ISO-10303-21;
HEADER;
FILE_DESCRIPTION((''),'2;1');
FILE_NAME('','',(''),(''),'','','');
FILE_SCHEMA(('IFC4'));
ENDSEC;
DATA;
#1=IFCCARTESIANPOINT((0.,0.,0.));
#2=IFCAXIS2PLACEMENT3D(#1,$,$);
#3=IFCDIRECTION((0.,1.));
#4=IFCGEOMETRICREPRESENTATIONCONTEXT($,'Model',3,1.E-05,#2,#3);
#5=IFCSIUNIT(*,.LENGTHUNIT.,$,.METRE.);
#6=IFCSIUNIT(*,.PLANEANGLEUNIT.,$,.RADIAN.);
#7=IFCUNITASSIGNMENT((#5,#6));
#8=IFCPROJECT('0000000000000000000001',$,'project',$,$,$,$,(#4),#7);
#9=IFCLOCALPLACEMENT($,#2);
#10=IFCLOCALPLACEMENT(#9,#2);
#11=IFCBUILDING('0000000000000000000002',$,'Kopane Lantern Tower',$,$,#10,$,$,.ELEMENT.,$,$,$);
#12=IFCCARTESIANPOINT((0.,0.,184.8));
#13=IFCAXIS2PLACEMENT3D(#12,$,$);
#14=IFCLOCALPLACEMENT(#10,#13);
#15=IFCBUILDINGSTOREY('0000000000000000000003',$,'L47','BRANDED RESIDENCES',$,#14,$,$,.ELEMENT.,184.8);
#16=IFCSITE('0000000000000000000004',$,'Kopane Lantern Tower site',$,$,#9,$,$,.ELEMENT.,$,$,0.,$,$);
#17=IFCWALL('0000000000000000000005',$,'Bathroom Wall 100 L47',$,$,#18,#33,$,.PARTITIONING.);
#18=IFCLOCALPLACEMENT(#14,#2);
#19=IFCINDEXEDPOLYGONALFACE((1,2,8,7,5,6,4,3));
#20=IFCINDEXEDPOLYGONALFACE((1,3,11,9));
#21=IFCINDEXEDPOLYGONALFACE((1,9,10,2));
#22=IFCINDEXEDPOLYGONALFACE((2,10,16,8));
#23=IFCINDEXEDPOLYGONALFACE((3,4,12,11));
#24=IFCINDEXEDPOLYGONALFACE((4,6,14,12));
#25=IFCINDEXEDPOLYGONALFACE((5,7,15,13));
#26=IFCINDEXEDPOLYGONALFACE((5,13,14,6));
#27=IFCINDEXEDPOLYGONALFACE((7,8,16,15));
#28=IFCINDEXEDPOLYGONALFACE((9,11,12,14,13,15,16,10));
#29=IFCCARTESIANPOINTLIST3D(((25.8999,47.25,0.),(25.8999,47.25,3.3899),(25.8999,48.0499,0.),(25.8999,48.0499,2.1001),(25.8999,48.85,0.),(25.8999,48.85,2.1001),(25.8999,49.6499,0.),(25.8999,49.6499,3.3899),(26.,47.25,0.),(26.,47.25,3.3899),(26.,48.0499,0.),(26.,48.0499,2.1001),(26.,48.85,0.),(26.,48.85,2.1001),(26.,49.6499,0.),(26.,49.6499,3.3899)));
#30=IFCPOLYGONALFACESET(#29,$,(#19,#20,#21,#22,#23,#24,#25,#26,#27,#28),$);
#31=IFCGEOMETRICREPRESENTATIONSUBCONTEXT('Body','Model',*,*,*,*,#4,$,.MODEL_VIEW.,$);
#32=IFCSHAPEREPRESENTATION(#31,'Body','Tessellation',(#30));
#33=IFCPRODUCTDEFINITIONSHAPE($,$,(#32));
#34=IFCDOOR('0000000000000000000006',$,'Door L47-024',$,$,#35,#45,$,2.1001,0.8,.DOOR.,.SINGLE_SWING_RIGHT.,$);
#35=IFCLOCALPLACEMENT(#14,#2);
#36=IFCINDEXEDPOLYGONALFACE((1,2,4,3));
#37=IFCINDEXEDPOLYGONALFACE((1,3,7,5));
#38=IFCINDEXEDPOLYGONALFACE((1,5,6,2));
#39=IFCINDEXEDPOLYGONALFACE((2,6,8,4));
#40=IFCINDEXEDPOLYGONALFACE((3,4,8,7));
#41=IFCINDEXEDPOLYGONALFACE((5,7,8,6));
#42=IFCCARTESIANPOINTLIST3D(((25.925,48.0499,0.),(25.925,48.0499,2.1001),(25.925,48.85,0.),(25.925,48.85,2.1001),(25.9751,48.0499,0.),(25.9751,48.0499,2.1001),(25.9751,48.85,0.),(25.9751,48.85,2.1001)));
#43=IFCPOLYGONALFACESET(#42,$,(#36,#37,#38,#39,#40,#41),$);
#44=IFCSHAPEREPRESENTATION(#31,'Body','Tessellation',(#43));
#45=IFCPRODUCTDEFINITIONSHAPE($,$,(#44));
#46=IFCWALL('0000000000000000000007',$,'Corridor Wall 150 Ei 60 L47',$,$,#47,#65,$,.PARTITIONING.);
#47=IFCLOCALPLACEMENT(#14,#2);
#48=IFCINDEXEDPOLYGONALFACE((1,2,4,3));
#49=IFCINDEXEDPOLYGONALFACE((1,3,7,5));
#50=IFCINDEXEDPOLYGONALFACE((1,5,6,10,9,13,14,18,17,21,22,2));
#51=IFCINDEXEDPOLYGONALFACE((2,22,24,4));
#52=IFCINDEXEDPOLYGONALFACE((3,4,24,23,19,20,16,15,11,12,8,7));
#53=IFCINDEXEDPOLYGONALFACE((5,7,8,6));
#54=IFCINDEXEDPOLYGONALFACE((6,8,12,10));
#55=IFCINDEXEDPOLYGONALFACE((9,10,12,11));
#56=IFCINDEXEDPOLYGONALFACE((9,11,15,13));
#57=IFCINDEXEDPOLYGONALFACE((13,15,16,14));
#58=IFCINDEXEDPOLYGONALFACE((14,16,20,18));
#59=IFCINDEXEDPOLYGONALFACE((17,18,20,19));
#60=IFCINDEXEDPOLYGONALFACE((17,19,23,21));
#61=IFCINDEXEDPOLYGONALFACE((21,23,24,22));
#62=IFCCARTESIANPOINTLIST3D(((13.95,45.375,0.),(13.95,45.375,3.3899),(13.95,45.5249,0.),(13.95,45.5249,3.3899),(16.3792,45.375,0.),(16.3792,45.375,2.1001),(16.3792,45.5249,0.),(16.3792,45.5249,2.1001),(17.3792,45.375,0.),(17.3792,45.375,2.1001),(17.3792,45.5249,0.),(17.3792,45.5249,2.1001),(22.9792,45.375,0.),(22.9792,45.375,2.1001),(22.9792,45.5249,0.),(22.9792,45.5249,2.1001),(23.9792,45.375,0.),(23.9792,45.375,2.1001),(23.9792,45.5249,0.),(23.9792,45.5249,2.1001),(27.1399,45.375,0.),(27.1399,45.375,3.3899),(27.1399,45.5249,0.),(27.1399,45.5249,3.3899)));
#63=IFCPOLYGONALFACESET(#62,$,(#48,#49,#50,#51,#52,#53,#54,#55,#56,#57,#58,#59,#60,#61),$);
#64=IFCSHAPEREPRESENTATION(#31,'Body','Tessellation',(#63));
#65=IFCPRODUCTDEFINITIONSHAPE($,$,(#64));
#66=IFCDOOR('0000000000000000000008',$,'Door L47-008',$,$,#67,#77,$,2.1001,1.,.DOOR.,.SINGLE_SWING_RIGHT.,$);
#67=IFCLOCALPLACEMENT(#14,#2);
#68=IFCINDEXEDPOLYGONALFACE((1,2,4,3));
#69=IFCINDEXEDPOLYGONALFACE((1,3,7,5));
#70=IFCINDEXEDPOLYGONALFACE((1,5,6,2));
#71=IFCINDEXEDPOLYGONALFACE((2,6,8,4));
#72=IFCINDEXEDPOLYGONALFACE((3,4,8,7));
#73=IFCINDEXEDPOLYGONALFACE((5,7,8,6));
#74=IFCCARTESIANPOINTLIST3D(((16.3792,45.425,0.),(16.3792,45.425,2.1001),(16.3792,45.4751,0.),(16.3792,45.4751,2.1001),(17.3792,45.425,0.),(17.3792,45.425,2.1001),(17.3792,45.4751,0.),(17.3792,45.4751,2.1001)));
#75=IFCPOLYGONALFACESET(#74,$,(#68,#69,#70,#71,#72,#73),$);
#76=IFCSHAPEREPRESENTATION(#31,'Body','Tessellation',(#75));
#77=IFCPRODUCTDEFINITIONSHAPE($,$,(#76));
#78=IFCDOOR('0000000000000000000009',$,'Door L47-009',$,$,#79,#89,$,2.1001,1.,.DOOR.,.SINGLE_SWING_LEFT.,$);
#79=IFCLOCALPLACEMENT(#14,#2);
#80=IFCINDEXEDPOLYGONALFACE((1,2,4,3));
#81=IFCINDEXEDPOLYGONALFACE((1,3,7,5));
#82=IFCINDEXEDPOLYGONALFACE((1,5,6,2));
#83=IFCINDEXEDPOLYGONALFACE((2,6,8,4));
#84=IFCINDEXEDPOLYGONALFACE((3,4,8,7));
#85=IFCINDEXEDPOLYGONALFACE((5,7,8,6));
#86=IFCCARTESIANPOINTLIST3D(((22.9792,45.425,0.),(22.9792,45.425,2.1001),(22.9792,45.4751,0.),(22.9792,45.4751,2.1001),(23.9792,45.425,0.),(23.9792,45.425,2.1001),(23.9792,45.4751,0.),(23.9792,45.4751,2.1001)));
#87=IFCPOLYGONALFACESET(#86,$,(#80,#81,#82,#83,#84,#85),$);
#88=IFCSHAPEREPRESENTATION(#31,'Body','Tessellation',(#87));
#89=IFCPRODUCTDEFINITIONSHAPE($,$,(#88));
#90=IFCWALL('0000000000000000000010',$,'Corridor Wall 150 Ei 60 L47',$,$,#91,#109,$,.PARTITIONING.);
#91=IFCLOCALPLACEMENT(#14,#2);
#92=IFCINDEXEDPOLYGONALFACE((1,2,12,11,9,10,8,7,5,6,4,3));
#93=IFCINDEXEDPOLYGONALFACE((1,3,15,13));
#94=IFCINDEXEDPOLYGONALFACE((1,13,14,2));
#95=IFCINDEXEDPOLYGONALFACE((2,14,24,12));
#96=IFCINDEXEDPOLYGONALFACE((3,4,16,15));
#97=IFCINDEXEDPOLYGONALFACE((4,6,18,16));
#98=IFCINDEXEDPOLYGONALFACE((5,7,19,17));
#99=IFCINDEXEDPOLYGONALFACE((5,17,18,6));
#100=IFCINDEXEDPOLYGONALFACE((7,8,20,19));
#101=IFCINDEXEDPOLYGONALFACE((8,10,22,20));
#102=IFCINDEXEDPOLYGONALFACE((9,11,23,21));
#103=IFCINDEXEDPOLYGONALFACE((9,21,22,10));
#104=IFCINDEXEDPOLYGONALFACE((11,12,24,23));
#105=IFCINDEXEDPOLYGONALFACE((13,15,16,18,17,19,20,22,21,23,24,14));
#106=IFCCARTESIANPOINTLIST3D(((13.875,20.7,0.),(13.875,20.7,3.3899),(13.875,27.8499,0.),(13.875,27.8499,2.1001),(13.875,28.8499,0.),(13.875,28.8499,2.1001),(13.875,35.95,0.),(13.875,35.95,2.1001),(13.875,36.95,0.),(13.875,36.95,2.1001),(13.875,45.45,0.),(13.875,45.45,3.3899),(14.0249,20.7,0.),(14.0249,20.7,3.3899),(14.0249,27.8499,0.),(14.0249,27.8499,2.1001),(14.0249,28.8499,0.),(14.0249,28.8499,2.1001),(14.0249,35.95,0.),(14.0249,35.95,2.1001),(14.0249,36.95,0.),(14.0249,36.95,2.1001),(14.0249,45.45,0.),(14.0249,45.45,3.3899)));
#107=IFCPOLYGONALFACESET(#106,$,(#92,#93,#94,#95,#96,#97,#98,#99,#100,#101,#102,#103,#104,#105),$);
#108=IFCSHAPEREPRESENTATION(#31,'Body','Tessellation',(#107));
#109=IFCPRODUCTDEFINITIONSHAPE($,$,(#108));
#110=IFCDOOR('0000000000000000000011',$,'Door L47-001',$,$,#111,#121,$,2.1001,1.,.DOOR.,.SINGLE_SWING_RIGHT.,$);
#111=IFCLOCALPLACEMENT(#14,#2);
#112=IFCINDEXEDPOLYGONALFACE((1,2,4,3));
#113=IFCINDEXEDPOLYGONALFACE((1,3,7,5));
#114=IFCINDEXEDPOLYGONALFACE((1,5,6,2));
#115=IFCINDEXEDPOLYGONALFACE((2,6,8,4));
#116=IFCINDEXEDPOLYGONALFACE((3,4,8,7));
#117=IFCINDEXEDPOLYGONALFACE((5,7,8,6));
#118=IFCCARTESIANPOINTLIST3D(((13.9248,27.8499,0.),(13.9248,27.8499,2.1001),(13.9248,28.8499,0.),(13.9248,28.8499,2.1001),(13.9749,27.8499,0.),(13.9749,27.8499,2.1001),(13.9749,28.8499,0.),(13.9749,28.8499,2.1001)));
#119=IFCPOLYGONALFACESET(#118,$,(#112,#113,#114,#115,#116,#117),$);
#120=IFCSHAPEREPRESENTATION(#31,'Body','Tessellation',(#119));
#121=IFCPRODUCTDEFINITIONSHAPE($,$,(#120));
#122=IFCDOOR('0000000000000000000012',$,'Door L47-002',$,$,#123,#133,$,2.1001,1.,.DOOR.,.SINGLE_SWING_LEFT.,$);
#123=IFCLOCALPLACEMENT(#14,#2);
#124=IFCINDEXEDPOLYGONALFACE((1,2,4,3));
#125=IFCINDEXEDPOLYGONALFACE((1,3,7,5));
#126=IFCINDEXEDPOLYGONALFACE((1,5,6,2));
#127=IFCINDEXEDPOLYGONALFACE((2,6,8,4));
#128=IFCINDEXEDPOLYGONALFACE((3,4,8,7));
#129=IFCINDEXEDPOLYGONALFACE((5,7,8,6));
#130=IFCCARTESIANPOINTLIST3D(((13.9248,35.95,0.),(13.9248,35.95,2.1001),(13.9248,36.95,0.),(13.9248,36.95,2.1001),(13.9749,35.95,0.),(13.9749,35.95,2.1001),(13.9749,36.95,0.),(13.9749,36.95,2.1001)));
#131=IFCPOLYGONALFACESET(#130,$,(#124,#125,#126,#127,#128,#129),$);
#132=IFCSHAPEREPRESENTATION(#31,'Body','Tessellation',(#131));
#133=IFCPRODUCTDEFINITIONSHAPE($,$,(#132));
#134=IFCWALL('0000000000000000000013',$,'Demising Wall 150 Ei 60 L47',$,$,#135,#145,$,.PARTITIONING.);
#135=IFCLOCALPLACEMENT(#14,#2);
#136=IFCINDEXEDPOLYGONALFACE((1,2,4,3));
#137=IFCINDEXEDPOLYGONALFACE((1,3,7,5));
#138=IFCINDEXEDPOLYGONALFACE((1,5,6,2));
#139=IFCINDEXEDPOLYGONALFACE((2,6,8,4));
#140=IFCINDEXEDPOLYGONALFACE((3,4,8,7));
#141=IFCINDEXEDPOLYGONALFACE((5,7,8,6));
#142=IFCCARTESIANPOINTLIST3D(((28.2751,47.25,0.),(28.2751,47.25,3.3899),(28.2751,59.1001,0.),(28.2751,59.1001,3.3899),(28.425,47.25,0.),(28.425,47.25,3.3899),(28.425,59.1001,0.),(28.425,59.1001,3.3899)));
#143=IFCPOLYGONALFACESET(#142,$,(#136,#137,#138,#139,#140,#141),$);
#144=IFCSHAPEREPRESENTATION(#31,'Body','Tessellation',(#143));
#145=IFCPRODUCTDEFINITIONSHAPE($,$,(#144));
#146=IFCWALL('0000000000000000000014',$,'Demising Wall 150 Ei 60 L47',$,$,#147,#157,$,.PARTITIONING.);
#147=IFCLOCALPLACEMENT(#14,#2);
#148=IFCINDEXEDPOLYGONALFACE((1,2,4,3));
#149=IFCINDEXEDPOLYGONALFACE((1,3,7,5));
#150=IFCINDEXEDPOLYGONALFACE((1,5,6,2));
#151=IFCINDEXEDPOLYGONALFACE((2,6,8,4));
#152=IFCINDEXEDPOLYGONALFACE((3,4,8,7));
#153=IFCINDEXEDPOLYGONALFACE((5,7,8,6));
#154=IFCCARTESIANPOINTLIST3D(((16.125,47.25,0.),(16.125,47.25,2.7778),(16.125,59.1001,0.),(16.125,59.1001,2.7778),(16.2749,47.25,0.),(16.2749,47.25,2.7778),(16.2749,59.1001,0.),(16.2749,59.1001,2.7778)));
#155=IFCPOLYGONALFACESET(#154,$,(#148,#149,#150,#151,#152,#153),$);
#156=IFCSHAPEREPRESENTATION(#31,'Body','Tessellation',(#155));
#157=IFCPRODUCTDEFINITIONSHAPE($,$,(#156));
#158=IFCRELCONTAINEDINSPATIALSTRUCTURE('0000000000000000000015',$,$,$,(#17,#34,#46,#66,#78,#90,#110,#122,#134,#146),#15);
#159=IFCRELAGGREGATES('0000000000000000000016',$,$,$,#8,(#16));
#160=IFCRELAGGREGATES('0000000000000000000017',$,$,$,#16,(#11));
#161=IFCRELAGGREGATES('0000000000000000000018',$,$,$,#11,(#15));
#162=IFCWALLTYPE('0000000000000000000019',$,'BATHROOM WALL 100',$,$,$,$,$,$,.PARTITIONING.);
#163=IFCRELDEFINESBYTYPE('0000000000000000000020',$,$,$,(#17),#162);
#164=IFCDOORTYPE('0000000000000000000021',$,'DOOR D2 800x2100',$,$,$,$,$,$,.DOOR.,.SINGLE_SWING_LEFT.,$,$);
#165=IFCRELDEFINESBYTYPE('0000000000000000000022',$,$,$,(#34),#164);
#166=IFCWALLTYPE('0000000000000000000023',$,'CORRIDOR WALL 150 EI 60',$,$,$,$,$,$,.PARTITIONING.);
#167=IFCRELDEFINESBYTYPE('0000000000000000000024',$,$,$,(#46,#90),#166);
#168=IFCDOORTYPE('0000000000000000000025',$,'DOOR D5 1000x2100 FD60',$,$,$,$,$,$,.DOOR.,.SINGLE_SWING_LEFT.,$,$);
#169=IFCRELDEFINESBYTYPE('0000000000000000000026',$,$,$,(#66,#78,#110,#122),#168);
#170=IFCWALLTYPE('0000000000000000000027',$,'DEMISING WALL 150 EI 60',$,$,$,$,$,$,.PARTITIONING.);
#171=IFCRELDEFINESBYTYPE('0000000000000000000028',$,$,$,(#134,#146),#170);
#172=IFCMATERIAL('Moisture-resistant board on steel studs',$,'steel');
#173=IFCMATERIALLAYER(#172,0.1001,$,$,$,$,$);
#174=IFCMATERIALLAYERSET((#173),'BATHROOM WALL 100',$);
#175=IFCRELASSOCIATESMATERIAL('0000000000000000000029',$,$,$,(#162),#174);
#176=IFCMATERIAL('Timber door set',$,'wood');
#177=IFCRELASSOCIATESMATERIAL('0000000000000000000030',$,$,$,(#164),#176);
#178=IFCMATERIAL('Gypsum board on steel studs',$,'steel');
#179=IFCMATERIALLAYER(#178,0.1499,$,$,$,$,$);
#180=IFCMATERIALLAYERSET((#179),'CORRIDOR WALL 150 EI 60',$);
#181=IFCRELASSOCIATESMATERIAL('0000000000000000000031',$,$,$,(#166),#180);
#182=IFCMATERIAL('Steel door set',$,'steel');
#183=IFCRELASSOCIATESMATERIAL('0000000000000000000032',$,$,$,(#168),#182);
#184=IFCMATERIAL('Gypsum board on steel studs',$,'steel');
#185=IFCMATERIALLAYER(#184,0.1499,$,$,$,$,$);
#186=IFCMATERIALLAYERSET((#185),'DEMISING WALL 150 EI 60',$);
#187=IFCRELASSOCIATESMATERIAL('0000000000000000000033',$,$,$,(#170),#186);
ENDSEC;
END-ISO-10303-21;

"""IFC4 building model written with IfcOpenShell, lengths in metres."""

from ifc_helpers import new_model, si_unit, direction, frame, frame_2d, origin, place, context, subcontext, project, spatial, rectangle, extrude, material, layer, layer_set, type_object, element, fill, save


model = new_model("IFC4")

# Units and contexts
model_context = context("Model", 3, precision=1e-05, world=origin(), true_north=direction((0.0, 1.0)))
body_context = subcontext(model_context, "Body", "Model", "MODEL_VIEW")
ifc_project = project(units=[si_unit("LENGTHUNIT", "METRE"), si_unit("PLANEANGLEUNIT", "RADIAN")], contexts=[model_context])

# Site, building, storey
site_placement = place(None, origin())
site = spatial("IfcSite", under=ifc_project, at=site_placement, Name="Kopane Lantern Tower site", CompositionType="ELEMENT", RefElevation=0.0)
building_placement = place(site_placement, origin())
building = spatial("IfcBuilding", under=site, at=building_placement, Name="Kopane Lantern Tower", CompositionType="ELEMENT")
storey_placement = place(building_placement, frame((0.0, 0.0, 184.8)))
storey = spatial("IfcBuildingStorey", under=building, at=storey_placement, Name="L47", Description="BRANDED RESIDENCES", CompositionType="ELEMENT", Elevation=184.8)

# Wall, opening, door
ifc_material_1 = material(Name="Moisture-resistant board on steel studs", Category="steel")
ifc_layer_1 = layer(ifc_material_1, 0.1001)
ifc_layer_set_1 = layer_set([ifc_layer_1], Name="BATHROOM WALL 100")
wall_type_1 = type_object("IfcWallType", Name="BATHROOM WALL 100", PredefinedType="PARTITIONING", material=ifc_layer_set_1)
wall_1_placement = place(storey_placement, frame((25.95, 47.25, 0.0), z_axis=(0.0, 0.0, 1.0), x_axis=(0.0, 1.0, 0.0)))
wall_1 = element("IfcWall", 1, at=wall_1_placement, inside=storey, type_object=wall_type_1, Name="Bathroom Wall 100 L47", PredefinedType="PARTITIONING", context=body_context, shape_type="SweptSolid", body=[
    extrude(rectangle(XDim=2.3999, YDim=0.1001, at=frame_2d((1.2, 0.0))), origin(), (0.0, 0.0, 1.0), 3.3899),
])
opening_1_placement = place(wall_1_placement, frame((0.8, 0.0, 0.0)))
opening_1 = element("IfcOpeningElement", 2, at=opening_1_placement, cuts=wall_1, PredefinedType="OPENING", context=body_context, shape_type="SweptSolid", body=[
    extrude(rectangle(XDim=0.8, YDim=2.1001, at=frame_2d((0.3999, 1.05))), frame((0.0, 0.0601, 0.0), z_axis=(0.0, -1.0, 0.0), x_axis=(1.0, 0.0, 0.0)), (0.0, 0.0, 1.0), 0.1201),
])
ifc_material_2 = material(Name="Timber door set", Category="wood")
door_type_1 = type_object("IfcDoorType", Name="DOOR D2 800x2100", OperationType="SINGLE_SWING_LEFT", PredefinedType="DOOR", material=ifc_material_2)
door_1_placement = place(opening_1_placement, origin())
door_1 = element("IfcDoor", 3, at=door_1_placement, inside=storey, type_object=door_type_1, Name="Door L47-024", OperationType="SINGLE_SWING_RIGHT", OverallHeight=2.1001, OverallWidth=0.8, PredefinedType="DOOR", context=body_context, shape_type="SweptSolid", body=[
    extrude(rectangle(XDim=0.8, YDim=2.1001, at=frame_2d((0.3999, 1.05))), frame((0.0, 0.0249, 0.0), z_axis=(0.0, -1.0, 0.0), x_axis=(1.0, 0.0, 0.0)), (0.0, 0.0, 1.0), 0.05),
])
fill(opening_1, door_1)

# Walls, openings, doors
ifc_material_3 = material(Name="Gypsum board on steel studs", Category="steel")
ifc_layer_2 = layer(ifc_material_3, 0.1499)
ifc_layer_set_2 = layer_set([ifc_layer_2], Name="CORRIDOR WALL 150 EI 60")
wall_type_2 = type_object("IfcWallType", Name="CORRIDOR WALL 150 EI 60", PredefinedType="PARTITIONING", material=ifc_layer_set_2)
wall_2_placement = place(storey_placement, frame((27.1399, 45.45, 0.0), z_axis=(0.0, 0.0, 1.0), x_axis=(-1.0, 0.0, 0.0)))
wall_2 = element("IfcWall", 4, at=wall_2_placement, inside=storey, type_object=wall_type_2, Name="Corridor Wall 150 Ei 60 L47", PredefinedType="PARTITIONING", context=body_context, shape_type="SweptSolid", body=[
    extrude(rectangle(XDim=13.1899, YDim=0.1499, at=frame_2d((6.595, 0.0))), origin(), (0.0, 0.0, 1.0), 3.3899),
])
opening_2_placement = place(wall_2_placement, frame((9.7607, 0.0, 0.0)))
opening_2 = element("IfcOpeningElement", 5, at=opening_2_placement, cuts=wall_2, PredefinedType="OPENING", context=body_context, shape_type="SweptSolid", body=[
    extrude(rectangle(XDim=1.0, YDim=2.1001, at=frame_2d((0.5, 1.05))), frame((0.0, 0.085, 0.0), z_axis=(0.0, -1.0, 0.0), x_axis=(1.0, 0.0, 0.0)), (0.0, 0.0, 1.0), 0.1699),
])
opening_3_placement = place(wall_2_placement, frame((3.1606, 0.0, 0.0)))
opening_3 = element("IfcOpeningElement", 6, at=opening_3_placement, cuts=wall_2, PredefinedType="OPENING", context=body_context, shape_type="SweptSolid", body=[
    extrude(rectangle(XDim=1.0, YDim=2.1001, at=frame_2d((0.5, 1.05))), frame((0.0, 0.085, 0.0), z_axis=(0.0, -1.0, 0.0), x_axis=(1.0, 0.0, 0.0)), (0.0, 0.0, 1.0), 0.1699),
])
ifc_material_4 = material(Name="Steel door set", Category="steel")
door_type_2 = type_object("IfcDoorType", Name="DOOR D5 1000x2100 FD60", OperationType="SINGLE_SWING_LEFT", PredefinedType="DOOR", material=ifc_material_4)
door_2_placement = place(opening_2_placement, origin())
door_2 = element("IfcDoor", 7, at=door_2_placement, inside=storey, type_object=door_type_2, Name="Door L47-008", OperationType="SINGLE_SWING_RIGHT", OverallHeight=2.1001, OverallWidth=1.0, PredefinedType="DOOR", context=body_context, shape_type="SweptSolid", body=[
    extrude(rectangle(XDim=1.0, YDim=2.1001, at=frame_2d((0.5, 1.05))), frame((0.0, 0.0249, 0.0), z_axis=(0.0, -1.0, 0.0), x_axis=(1.0, 0.0, 0.0)), (0.0, 0.0, 1.0), 0.05),
])
fill(opening_2, door_2)
door_3_placement = place(opening_3_placement, origin())
door_3 = element("IfcDoor", 8, at=door_3_placement, inside=storey, type_object=door_type_2, Name="Door L47-009", OperationType="SINGLE_SWING_LEFT", OverallHeight=2.1001, OverallWidth=1.0, PredefinedType="DOOR", context=body_context, shape_type="SweptSolid", body=[
    extrude(rectangle(XDim=1.0, YDim=2.1001, at=frame_2d((0.5, 1.05))), frame((0.0, 0.0249, 0.0), z_axis=(0.0, -1.0, 0.0), x_axis=(1.0, 0.0, 0.0)), (0.0, 0.0, 1.0), 0.05),
])
fill(opening_3, door_3)
wall_3_placement = place(storey_placement, frame((13.95, 45.45, 0.0), z_axis=(0.0, 0.0, 1.0), x_axis=(0.0, -1.0, 0.0)))
wall_3 = element("IfcWall", 9, at=wall_3_placement, inside=storey, type_object=wall_type_2, Name="Corridor Wall 150 Ei 60 L47", PredefinedType="PARTITIONING", context=body_context, shape_type="SweptSolid", body=[
    extrude(rectangle(XDim=24.75, YDim=0.1499, at=frame_2d((12.375, 0.0))), origin(), (0.0, 0.0, 1.0), 3.3899),
])
opening_4_placement = place(wall_3_placement, frame((16.6001, 0.0, 0.0)))
opening_4 = element("IfcOpeningElement", 10, at=opening_4_placement, cuts=wall_3, PredefinedType="OPENING", context=body_context, shape_type="SweptSolid", body=[
    extrude(rectangle(XDim=1.0, YDim=2.1001, at=frame_2d((0.5, 1.05))), frame((0.0, 0.085, 0.0), z_axis=(0.0, -1.0, 0.0), x_axis=(1.0, 0.0, 0.0)), (0.0, 0.0, 1.0), 0.1699),
])
opening_5_placement = place(wall_3_placement, frame((8.5, 0.0, 0.0)))
opening_5 = element("IfcOpeningElement", 11, at=opening_5_placement, cuts=wall_3, PredefinedType="OPENING", context=body_context, shape_type="SweptSolid", body=[
    extrude(rectangle(XDim=1.0, YDim=2.1001, at=frame_2d((0.5, 1.05))), frame((0.0, 0.085, 0.0), z_axis=(0.0, -1.0, 0.0), x_axis=(1.0, 0.0, 0.0)), (0.0, 0.0, 1.0), 0.1699),
])
door_4_placement = place(opening_4_placement, origin())
door_4 = element("IfcDoor", 12, at=door_4_placement, inside=storey, type_object=door_type_2, Name="Door L47-001", OperationType="SINGLE_SWING_RIGHT", OverallHeight=2.1001, OverallWidth=1.0, PredefinedType="DOOR", context=body_context, shape_type="SweptSolid", body=[
    extrude(rectangle(XDim=1.0, YDim=2.1001, at=frame_2d((0.5, 1.05))), frame((0.0, 0.0249, 0.0), z_axis=(0.0, -1.0, 0.0), x_axis=(1.0, 0.0, 0.0)), (0.0, 0.0, 1.0), 0.05),
])
fill(opening_4, door_4)
door_5_placement = place(opening_5_placement, origin())
door_5 = element("IfcDoor", 13, at=door_5_placement, inside=storey, type_object=door_type_2, Name="Door L47-002", OperationType="SINGLE_SWING_LEFT", OverallHeight=2.1001, OverallWidth=1.0, PredefinedType="DOOR", context=body_context, shape_type="SweptSolid", body=[
    extrude(rectangle(XDim=1.0, YDim=2.1001, at=frame_2d((0.5, 1.05))), frame((0.0, 0.0249, 0.0), z_axis=(0.0, -1.0, 0.0), x_axis=(1.0, 0.0, 0.0)), (0.0, 0.0, 1.0), 0.05),
])
fill(opening_5, door_5)

# Walls
ifc_material_5 = material(Name="Gypsum board on steel studs", Category="steel")
ifc_layer_3 = layer(ifc_material_5, 0.1499)
ifc_layer_set_3 = layer_set([ifc_layer_3], Name="DEMISING WALL 150 EI 60")
wall_type_3 = type_object("IfcWallType", Name="DEMISING WALL 150 EI 60", PredefinedType="PARTITIONING", material=ifc_layer_set_3)
wall_4_placement = place(storey_placement, frame((28.3501, 47.25, 0.0), z_axis=(0.0, 0.0, 1.0), x_axis=(0.0, 1.0, 0.0)))
element("IfcWall", 14, at=wall_4_placement, inside=storey, type_object=wall_type_3, Name="Demising Wall 150 Ei 60 L47", PredefinedType="PARTITIONING", context=body_context, shape_type="SweptSolid", body=[
    extrude(rectangle(XDim=11.8501, YDim=0.1499, at=frame_2d((5.925, 0.0))), origin(), (0.0, 0.0, 1.0), 3.3899),
])
wall_5_placement = place(storey_placement, frame((16.2, 47.25, 0.0), z_axis=(0.0, 0.0, 1.0), x_axis=(0.0, 1.0, 0.0)))
element("IfcWall", 15, at=wall_5_placement, inside=storey, type_object=wall_type_3, Name="Demising Wall 150 Ei 60 L47", PredefinedType="PARTITIONING", context=body_context, shape_type="SweptSolid", body=[
    extrude(rectangle(XDim=11.8501, YDim=0.1499, at=frame_2d((5.925, 0.0))), origin(), (0.0, 0.0, 1.0), 2.7778),
])

save(model, "model.ifc")
